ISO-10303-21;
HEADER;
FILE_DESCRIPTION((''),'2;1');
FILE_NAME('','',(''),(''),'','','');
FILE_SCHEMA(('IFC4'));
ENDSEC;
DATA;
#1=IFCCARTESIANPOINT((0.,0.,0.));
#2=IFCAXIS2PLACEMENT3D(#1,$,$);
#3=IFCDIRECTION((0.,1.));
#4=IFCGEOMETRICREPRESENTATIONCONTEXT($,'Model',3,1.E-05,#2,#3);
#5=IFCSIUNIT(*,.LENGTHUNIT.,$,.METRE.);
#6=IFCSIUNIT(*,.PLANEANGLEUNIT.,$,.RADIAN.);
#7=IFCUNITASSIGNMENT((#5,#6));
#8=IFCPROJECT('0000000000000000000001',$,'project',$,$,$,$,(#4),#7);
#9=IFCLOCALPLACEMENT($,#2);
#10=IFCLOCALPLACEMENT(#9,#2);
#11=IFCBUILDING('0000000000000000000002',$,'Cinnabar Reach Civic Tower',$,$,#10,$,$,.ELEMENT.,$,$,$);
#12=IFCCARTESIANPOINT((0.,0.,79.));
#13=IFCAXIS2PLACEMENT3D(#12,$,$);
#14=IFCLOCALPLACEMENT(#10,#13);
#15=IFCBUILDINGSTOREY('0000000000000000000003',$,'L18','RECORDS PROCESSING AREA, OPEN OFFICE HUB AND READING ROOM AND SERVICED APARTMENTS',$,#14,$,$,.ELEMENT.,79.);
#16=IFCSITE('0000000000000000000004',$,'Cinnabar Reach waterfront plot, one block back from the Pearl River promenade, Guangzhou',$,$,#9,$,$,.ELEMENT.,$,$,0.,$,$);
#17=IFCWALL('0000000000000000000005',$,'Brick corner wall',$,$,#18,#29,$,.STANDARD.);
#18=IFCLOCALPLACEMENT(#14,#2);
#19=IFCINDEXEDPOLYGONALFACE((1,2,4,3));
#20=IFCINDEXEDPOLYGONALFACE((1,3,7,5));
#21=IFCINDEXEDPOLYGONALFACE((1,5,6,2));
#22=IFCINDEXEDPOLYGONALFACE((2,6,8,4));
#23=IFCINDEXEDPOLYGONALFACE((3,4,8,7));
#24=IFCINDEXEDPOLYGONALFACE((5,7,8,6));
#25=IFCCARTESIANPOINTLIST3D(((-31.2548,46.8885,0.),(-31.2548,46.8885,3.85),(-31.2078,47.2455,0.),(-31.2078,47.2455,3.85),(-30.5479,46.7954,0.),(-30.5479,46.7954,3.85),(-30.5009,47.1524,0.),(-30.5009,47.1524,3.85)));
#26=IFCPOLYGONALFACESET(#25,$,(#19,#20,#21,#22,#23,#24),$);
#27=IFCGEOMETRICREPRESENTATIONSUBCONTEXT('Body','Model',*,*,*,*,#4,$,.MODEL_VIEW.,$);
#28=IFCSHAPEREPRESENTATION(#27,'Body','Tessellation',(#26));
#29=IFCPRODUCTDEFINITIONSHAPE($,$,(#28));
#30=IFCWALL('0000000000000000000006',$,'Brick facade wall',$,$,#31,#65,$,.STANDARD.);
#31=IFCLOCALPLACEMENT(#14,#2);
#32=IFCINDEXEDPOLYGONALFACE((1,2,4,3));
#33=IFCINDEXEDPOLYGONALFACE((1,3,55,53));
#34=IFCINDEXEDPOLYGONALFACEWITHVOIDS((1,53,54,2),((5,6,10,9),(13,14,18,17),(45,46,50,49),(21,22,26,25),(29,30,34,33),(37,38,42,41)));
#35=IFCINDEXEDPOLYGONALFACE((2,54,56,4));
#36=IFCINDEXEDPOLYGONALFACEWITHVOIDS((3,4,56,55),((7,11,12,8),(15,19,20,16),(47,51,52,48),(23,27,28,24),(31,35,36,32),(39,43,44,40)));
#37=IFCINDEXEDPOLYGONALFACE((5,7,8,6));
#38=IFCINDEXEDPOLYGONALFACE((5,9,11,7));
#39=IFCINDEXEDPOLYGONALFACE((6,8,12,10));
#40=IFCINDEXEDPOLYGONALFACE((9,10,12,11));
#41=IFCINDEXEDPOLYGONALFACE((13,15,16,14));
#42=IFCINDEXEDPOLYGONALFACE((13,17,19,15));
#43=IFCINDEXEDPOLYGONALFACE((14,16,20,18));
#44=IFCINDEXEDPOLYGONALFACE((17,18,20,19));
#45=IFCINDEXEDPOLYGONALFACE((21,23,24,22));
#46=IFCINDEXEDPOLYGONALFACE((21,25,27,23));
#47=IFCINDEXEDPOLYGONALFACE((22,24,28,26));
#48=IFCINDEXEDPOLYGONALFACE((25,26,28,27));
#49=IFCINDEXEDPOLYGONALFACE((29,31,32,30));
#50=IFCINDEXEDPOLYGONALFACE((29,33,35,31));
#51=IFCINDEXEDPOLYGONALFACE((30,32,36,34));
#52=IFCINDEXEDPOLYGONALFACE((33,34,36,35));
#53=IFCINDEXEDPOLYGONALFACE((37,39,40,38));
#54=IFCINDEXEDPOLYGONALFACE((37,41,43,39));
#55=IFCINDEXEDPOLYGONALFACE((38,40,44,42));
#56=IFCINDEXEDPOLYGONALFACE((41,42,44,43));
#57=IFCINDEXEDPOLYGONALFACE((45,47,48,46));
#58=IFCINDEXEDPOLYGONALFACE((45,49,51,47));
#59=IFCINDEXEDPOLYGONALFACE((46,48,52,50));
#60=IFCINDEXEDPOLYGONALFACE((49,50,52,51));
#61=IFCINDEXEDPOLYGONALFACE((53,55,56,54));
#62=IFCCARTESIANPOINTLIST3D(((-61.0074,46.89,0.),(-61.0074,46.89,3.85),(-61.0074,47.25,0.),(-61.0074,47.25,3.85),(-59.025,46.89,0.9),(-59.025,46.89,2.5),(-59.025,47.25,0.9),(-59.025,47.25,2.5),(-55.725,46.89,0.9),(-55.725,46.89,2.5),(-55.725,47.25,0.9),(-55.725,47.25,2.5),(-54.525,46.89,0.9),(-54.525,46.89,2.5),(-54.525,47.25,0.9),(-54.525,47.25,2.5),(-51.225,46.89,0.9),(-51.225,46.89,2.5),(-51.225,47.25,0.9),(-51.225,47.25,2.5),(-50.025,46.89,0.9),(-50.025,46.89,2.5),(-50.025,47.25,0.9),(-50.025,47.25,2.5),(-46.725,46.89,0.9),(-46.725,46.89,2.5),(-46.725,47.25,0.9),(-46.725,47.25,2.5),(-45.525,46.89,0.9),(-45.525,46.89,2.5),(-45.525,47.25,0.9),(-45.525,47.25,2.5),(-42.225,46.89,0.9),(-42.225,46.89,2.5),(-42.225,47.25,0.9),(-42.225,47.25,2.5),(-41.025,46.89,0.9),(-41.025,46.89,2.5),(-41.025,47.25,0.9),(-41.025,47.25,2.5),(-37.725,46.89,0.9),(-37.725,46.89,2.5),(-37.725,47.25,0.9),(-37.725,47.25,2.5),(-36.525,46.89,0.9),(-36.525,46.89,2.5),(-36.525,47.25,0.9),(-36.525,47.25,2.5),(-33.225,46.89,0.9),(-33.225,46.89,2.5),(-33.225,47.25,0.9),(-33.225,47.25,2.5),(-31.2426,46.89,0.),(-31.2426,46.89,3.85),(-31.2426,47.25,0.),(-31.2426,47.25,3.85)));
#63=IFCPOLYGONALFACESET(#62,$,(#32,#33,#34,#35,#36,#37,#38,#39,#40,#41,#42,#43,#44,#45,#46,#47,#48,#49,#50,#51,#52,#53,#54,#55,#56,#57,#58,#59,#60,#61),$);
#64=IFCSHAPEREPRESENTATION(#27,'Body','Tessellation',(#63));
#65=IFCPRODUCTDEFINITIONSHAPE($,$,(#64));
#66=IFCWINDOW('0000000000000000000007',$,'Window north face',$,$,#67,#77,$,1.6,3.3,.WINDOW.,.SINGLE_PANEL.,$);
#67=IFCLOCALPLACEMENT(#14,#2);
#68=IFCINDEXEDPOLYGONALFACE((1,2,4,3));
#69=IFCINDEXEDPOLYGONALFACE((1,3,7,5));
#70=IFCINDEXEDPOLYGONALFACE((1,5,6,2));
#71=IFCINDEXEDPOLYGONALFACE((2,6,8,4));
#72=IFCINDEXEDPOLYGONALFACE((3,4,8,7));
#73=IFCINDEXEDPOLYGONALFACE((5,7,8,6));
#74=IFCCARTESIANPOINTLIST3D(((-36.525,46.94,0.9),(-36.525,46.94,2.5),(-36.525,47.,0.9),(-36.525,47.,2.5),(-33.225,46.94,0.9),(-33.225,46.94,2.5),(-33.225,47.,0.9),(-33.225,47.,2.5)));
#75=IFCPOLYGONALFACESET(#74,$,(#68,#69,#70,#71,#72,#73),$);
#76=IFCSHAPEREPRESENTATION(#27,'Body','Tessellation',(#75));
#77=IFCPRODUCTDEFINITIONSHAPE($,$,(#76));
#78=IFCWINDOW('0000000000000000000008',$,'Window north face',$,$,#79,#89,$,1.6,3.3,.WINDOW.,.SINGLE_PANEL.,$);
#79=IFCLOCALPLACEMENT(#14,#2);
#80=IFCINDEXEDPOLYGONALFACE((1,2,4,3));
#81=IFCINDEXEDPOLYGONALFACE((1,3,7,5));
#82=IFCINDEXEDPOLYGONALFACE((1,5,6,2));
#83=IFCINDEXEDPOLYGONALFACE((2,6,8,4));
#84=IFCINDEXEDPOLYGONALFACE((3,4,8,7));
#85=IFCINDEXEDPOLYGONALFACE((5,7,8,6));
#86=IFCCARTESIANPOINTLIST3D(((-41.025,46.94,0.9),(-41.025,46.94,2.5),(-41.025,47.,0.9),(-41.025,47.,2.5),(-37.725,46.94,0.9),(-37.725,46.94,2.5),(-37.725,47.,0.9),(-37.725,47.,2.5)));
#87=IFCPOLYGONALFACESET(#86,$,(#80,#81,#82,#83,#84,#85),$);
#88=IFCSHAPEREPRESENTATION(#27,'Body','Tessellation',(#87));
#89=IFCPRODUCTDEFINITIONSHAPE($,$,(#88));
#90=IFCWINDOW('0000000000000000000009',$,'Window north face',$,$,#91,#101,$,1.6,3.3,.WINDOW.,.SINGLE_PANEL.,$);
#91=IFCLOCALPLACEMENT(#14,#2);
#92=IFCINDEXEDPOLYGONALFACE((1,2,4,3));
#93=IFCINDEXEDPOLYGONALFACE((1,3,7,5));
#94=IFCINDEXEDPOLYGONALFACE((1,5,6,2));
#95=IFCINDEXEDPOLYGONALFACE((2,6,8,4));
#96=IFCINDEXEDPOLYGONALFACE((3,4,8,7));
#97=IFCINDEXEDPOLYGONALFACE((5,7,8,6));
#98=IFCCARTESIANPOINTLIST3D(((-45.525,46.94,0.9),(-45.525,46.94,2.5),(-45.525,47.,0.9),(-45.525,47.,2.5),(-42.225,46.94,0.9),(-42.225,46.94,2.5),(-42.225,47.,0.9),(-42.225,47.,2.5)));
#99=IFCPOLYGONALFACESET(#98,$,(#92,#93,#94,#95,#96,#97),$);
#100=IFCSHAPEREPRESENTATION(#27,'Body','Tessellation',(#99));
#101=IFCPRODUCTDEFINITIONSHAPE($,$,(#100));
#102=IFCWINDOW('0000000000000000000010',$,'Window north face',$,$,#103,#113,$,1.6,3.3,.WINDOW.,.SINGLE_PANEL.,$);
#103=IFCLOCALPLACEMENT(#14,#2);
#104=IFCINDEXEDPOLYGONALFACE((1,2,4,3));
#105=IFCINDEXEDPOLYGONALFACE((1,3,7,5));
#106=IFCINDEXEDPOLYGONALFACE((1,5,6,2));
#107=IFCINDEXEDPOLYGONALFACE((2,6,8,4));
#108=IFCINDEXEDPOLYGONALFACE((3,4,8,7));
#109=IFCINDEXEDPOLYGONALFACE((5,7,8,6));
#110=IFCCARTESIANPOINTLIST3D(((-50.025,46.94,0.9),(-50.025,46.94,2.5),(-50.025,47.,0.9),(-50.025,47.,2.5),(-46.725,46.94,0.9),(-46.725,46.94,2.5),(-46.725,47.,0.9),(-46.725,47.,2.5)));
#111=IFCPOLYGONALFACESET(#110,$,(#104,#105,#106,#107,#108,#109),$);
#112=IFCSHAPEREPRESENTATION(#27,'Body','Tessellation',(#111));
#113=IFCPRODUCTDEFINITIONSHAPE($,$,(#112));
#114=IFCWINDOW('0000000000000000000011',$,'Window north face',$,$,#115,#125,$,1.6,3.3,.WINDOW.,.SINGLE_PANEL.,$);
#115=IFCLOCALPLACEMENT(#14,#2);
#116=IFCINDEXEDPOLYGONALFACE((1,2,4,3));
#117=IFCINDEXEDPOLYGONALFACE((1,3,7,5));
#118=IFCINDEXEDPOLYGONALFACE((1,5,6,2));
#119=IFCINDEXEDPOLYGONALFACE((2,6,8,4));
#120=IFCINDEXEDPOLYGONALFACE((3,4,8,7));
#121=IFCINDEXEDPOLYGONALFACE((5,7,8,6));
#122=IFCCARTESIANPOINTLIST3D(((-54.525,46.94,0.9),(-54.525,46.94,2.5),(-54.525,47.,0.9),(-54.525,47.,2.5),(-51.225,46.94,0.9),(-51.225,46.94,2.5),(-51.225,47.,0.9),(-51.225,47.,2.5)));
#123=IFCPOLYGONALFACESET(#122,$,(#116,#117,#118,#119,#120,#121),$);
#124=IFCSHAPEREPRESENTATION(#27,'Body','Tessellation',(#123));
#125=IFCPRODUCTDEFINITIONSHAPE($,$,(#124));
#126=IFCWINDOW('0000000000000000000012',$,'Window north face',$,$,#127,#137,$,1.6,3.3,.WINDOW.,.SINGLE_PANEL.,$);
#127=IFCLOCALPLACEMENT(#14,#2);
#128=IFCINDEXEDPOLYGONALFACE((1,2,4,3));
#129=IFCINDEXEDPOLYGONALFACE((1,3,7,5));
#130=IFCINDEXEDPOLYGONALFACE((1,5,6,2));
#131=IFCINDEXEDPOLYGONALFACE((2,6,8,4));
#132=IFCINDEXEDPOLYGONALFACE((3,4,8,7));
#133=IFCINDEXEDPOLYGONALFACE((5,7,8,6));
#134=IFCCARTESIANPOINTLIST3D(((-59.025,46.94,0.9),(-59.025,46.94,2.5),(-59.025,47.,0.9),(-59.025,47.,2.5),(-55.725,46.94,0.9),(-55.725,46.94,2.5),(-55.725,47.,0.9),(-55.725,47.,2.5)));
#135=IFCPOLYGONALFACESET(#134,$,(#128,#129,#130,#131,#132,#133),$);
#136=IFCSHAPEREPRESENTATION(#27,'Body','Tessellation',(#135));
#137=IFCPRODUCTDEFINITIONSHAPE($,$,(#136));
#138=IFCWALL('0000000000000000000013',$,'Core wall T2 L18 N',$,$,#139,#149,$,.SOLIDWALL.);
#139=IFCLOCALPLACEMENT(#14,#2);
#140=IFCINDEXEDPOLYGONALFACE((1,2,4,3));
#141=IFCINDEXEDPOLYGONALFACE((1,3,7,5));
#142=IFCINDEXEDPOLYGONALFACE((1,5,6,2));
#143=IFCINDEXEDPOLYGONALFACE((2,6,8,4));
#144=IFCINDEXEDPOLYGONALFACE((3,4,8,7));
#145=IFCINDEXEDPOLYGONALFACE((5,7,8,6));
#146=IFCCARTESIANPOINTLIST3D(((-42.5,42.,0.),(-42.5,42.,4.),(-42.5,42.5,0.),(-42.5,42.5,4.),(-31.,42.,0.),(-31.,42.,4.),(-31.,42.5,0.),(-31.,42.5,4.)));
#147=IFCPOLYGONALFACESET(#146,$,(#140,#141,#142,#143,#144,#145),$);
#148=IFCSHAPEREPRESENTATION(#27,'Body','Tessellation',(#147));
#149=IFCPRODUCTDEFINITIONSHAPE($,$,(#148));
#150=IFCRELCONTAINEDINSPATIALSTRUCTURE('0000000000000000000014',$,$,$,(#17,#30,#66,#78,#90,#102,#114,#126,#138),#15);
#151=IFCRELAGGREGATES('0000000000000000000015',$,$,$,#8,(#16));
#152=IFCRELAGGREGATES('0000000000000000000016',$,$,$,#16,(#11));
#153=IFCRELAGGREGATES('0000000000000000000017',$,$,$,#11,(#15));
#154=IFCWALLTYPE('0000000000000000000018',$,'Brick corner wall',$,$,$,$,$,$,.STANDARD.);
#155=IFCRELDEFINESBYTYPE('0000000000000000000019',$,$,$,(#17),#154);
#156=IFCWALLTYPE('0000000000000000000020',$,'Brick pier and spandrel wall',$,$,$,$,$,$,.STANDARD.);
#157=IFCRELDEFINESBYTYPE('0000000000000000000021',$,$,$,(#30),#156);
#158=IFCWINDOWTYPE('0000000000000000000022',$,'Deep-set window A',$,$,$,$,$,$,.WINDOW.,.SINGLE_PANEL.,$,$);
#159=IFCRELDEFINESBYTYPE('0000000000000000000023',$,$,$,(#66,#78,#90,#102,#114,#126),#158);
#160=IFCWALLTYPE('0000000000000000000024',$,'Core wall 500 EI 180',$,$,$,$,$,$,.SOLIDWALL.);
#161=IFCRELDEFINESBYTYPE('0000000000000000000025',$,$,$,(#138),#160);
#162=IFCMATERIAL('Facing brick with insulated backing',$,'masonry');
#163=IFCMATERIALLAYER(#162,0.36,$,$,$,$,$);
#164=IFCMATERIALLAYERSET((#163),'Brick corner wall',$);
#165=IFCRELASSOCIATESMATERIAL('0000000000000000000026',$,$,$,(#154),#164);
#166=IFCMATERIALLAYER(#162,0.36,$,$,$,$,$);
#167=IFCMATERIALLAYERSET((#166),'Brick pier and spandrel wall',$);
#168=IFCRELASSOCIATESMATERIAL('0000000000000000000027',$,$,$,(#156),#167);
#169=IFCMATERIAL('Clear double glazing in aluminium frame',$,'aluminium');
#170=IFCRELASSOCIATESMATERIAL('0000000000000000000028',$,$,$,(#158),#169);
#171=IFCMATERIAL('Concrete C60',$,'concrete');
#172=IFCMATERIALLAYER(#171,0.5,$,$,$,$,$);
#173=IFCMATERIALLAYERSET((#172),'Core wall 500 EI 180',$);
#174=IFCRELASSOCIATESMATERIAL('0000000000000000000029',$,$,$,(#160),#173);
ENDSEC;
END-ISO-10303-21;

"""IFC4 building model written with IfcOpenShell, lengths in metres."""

from ifc_helpers import new_model, si_unit, direction, frame, frame_2d, origin, place, context, subcontext, project, spatial, rectangle, extrude, material, layer, layer_set, type_object, element, fill, save


model = new_model("IFC4")

# Units and contexts
model_context = context("Model", 3, precision=1e-05, world=origin(), true_north=direction((0.0, 1.0)))
body_context = subcontext(model_context, "Body", "Model", "MODEL_VIEW")
ifc_project = project(units=[si_unit("LENGTHUNIT", "METRE"), si_unit("PLANEANGLEUNIT", "RADIAN")], contexts=[model_context])

# Site, building, storey
site_placement = place(None, origin())
site = spatial("IfcSite", under=ifc_project, at=site_placement, Name="Cinnabar Reach waterfront plot, one block back from the Pearl River promenade, Guangzhou", CompositionType="ELEMENT", RefElevation=0.0)
building_placement = place(site_placement, origin())
building = spatial("IfcBuilding", under=site, at=building_placement, Name="Cinnabar Reach Civic Tower", CompositionType="ELEMENT")
storey_placement = place(building_placement, frame((0.0, 0.0, 79.0)))
storey = spatial("IfcBuildingStorey", under=building, at=storey_placement, Name="L18", Description="RECORDS PROCESSING AREA, OPEN OFFICE HUB AND READING ROOM AND SERVICED APARTMENTS", CompositionType="ELEMENT", Elevation=79.0)

# Shared definitions
ifc_material_1 = material(Name="Concrete C60", Category="concrete")

# Wall
ifc_material_2 = material(Name="Facing brick with insulated backing", Category="masonry")
ifc_layer_1 = layer(ifc_material_2, 0.36)
ifc_layer_set_1 = layer_set([ifc_layer_1], Name="Brick corner wall")
wall_type_1 = type_object("IfcWallType", Name="Brick corner wall", PredefinedType="STANDARD", material=ifc_layer_set_1)
for number, where, z_axis, x_axis, name in (
    (1, (-30.5244, 46.9739, 0.0), (0.0, 0.0, 1.0), (-0.991441, 0.130556, 0.0), "Brick corner wall"),
):
    element("IfcWall", number, at=place(storey_placement, frame(where, z_axis=z_axis, x_axis=x_axis)), inside=storey, type_object=wall_type_1, Name=name, PredefinedType="STANDARD", context=body_context, shape_type="SweptSolid", body=[
        extrude(rectangle(XDim=0.7131, YDim=0.36, at=frame_2d((0.3565, 0.0))), origin(), (0.0, 0.0, 1.0), 3.85),
    ])

# Wall, openings, windows
ifc_layer_2 = layer(ifc_material_2, 0.36)
ifc_layer_set_2 = layer_set([ifc_layer_2], Name="Brick pier and spandrel wall")
wall_type_2 = type_object("IfcWallType", Name="Brick pier and spandrel wall", PredefinedType="STANDARD", material=ifc_layer_set_2)
wall_1_placement = place(storey_placement, frame((-31.2426, 47.07, 0.0), z_axis=(0.0, 0.0, 1.0), x_axis=(-1.0, 0.0, 0.0)))
wall_1 = element("IfcWall", 2, at=wall_1_placement, inside=storey, type_object=wall_type_2, Name="Brick facade wall", PredefinedType="STANDARD", context=body_context, shape_type="SweptSolid", body=[
    extrude(rectangle(XDim=29.7648, YDim=0.36, at=frame_2d((14.8824, 0.0))), origin(), (0.0, 0.0, 1.0), 3.85),
])
opening_1_placement = place(wall_1_placement, frame((1.9824, 0.0, 0.9)))
opening_1 = element("IfcOpeningElement", 3, at=opening_1_placement, cuts=wall_1, PredefinedType="OPENING", context=body_context, shape_type="SweptSolid", body=[
    extrude(rectangle(XDim=3.3, YDim=1.6, at=frame_2d((1.65, 0.8))), frame((0.0, 0.19, 0.0), z_axis=(0.0, -1.0, 0.0), x_axis=(1.0, 0.0, 0.0)), (0.0, 0.0, 1.0), 0.38),
])
opening_2_placement = place(wall_1_placement, frame((6.4824, 0.0, 0.9)))
opening_2 = element("IfcOpeningElement", 4, at=opening_2_placement, cuts=wall_1, PredefinedType="OPENING", context=body_context, shape_type="SweptSolid", body=[
    extrude(rectangle(XDim=3.3, YDim=1.6, at=frame_2d((1.65, 0.8))), frame((0.0, 0.19, 0.0), z_axis=(0.0, -1.0, 0.0), x_axis=(1.0, 0.0, 0.0)), (0.0, 0.0, 1.0), 0.38),
])
opening_3_placement = place(wall_1_placement, frame((10.9824, 0.0, 0.9)))
opening_3 = element("IfcOpeningElement", 5, at=opening_3_placement, cuts=wall_1, PredefinedType="OPENING", context=body_context, shape_type="SweptSolid", body=[
    extrude(rectangle(XDim=3.3, YDim=1.6, at=frame_2d((1.65, 0.8))), frame((0.0, 0.19, 0.0), z_axis=(0.0, -1.0, 0.0), x_axis=(1.0, 0.0, 0.0)), (0.0, 0.0, 1.0), 0.38),
])
opening_4_placement = place(wall_1_placement, frame((15.4824, 0.0, 0.9)))
opening_4 = element("IfcOpeningElement", 6, at=opening_4_placement, cuts=wall_1, PredefinedType="OPENING", context=body_context, shape_type="SweptSolid", body=[
    extrude(rectangle(XDim=3.3, YDim=1.6, at=frame_2d((1.65, 0.8))), frame((0.0, 0.19, 0.0), z_axis=(0.0, -1.0, 0.0), x_axis=(1.0, 0.0, 0.0)), (0.0, 0.0, 1.0), 0.38),
])
opening_5_placement = place(wall_1_placement, frame((19.9824, 0.0, 0.9)))
opening_5 = element("IfcOpeningElement", 7, at=opening_5_placement, cuts=wall_1, PredefinedType="OPENING", context=body_context, shape_type="SweptSolid", body=[
    extrude(rectangle(XDim=3.3, YDim=1.6, at=frame_2d((1.65, 0.8))), frame((0.0, 0.19, 0.0), z_axis=(0.0, -1.0, 0.0), x_axis=(1.0, 0.0, 0.0)), (0.0, 0.0, 1.0), 0.38),
])
opening_6_placement = place(wall_1_placement, frame((24.4824, 0.0, 0.9)))
opening_6 = element("IfcOpeningElement", 8, at=opening_6_placement, cuts=wall_1, PredefinedType="OPENING", context=body_context, shape_type="SweptSolid", body=[
    extrude(rectangle(XDim=3.3, YDim=1.6, at=frame_2d((1.65, 0.8))), frame((0.0, 0.19, 0.0), z_axis=(0.0, -1.0, 0.0), x_axis=(1.0, 0.0, 0.0)), (0.0, 0.0, 1.0), 0.38),
])
ifc_material_3 = material(Name="Clear double glazing in aluminium frame", Category="aluminium")
window_type = type_object("IfcWindowType", Name="Deep-set window A", PartitioningType="SINGLE_PANEL", PredefinedType="WINDOW", material=ifc_material_3)
window_1_placement = place(opening_1_placement, origin())
window_1 = element("IfcWindow", 9, at=window_1_placement, inside=storey, type_object=window_type, Name="Window north face", OverallHeight=1.6, OverallWidth=3.3, PartitioningType="SINGLE_PANEL", PredefinedType="WINDOW", context=body_context, shape_type="SweptSolid", body=[
    extrude(rectangle(XDim=3.3, YDim=1.6, at=frame_2d((1.65, 0.8))), frame((0.0, 0.13, 0.0), z_axis=(0.0, -1.0, 0.0), x_axis=(1.0, 0.0, 0.0)), (0.0, 0.0, 1.0), 0.06),
])
fill(opening_1, window_1)
window_2_placement = place(opening_2_placement, origin())
window_2 = element("IfcWindow", 10, at=window_2_placement, inside=storey, type_object=window_type, Name="Window north face", OverallHeight=1.6, OverallWidth=3.3, PartitioningType="SINGLE_PANEL", PredefinedType="WINDOW", context=body_context, shape_type="SweptSolid", body=[
    extrude(rectangle(XDim=3.3, YDim=1.6, at=frame_2d((1.65, 0.8))), frame((0.0, 0.13, 0.0), z_axis=(0.0, -1.0, 0.0), x_axis=(1.0, 0.0, 0.0)), (0.0, 0.0, 1.0), 0.06),
])
fill(opening_2, window_2)
window_3_placement = place(opening_3_placement, origin())
window_3 = element("IfcWindow", 11, at=window_3_placement, inside=storey, type_object=window_type, Name="Window north face", OverallHeight=1.6, OverallWidth=3.3, PartitioningType="SINGLE_PANEL", PredefinedType="WINDOW", context=body_context, shape_type="SweptSolid", body=[
    extrude(rectangle(XDim=3.3, YDim=1.6, at=frame_2d((1.65, 0.8))), frame((0.0, 0.13, 0.0), z_axis=(0.0, -1.0, 0.0), x_axis=(1.0, 0.0, 0.0)), (0.0, 0.0, 1.0), 0.06),
])
fill(opening_3, window_3)
window_4_placement = place(opening_4_placement, origin())
window_4 = element("IfcWindow", 12, at=window_4_placement, inside=storey, type_object=window_type, Name="Window north face", OverallHeight=1.6, OverallWidth=3.3, PartitioningType="SINGLE_PANEL", PredefinedType="WINDOW", context=body_context, shape_type="SweptSolid", body=[
    extrude(rectangle(XDim=3.3, YDim=1.6, at=frame_2d((1.65, 0.8))), frame((0.0, 0.13, 0.0), z_axis=(0.0, -1.0, 0.0), x_axis=(1.0, 0.0, 0.0)), (0.0, 0.0, 1.0), 0.06),
])
fill(opening_4, window_4)
window_5_placement = place(opening_5_placement, origin())
window_5 = element("IfcWindow", 13, at=window_5_placement, inside=storey, type_object=window_type, Name="Window north face", OverallHeight=1.6, OverallWidth=3.3, PartitioningType="SINGLE_PANEL", PredefinedType="WINDOW", context=body_context, shape_type="SweptSolid", body=[
    extrude(rectangle(XDim=3.3, YDim=1.6, at=frame_2d((1.65, 0.8))), frame((0.0, 0.13, 0.0), z_axis=(0.0, -1.0, 0.0), x_axis=(1.0, 0.0, 0.0)), (0.0, 0.0, 1.0), 0.06),
])
fill(opening_5, window_5)
window_6_placement = place(opening_6_placement, origin())
window_6 = element("IfcWindow", 14, at=window_6_placement, inside=storey, type_object=window_type, Name="Window north face", OverallHeight=1.6, OverallWidth=3.3, PartitioningType="SINGLE_PANEL", PredefinedType="WINDOW", context=body_context, shape_type="SweptSolid", body=[
    extrude(rectangle(XDim=3.3, YDim=1.6, at=frame_2d((1.65, 0.8))), frame((0.0, 0.13, 0.0), z_axis=(0.0, -1.0, 0.0), x_axis=(1.0, 0.0, 0.0)), (0.0, 0.0, 1.0), 0.06),
])
fill(opening_6, window_6)

# Wall
ifc_layer_3 = layer(ifc_material_1, 0.5)
ifc_layer_set_3 = layer_set([ifc_layer_3], Name="Core wall 500 EI 180")
wall_type_3 = type_object("IfcWallType", Name="Core wall 500 EI 180", PredefinedType="SOLIDWALL", material=ifc_layer_set_3)
wall_2_placement = place(storey_placement, frame((-31.0, 42.25, 0.0), z_axis=(0.0, 0.0, 1.0), x_axis=(-1.0, 0.0, 0.0)))
element("IfcWall", 15, at=wall_2_placement, inside=storey, type_object=wall_type_3, Name="Core wall T2 L18 N", PredefinedType="SOLIDWALL", context=body_context, shape_type="SweptSolid", body=[
    extrude(rectangle(XDim=11.5, YDim=0.5, at=frame_2d((5.75, 0.0))), origin(), (0.0, 0.0, 1.0), 4.0),
])

save(model, "model.ifc")
